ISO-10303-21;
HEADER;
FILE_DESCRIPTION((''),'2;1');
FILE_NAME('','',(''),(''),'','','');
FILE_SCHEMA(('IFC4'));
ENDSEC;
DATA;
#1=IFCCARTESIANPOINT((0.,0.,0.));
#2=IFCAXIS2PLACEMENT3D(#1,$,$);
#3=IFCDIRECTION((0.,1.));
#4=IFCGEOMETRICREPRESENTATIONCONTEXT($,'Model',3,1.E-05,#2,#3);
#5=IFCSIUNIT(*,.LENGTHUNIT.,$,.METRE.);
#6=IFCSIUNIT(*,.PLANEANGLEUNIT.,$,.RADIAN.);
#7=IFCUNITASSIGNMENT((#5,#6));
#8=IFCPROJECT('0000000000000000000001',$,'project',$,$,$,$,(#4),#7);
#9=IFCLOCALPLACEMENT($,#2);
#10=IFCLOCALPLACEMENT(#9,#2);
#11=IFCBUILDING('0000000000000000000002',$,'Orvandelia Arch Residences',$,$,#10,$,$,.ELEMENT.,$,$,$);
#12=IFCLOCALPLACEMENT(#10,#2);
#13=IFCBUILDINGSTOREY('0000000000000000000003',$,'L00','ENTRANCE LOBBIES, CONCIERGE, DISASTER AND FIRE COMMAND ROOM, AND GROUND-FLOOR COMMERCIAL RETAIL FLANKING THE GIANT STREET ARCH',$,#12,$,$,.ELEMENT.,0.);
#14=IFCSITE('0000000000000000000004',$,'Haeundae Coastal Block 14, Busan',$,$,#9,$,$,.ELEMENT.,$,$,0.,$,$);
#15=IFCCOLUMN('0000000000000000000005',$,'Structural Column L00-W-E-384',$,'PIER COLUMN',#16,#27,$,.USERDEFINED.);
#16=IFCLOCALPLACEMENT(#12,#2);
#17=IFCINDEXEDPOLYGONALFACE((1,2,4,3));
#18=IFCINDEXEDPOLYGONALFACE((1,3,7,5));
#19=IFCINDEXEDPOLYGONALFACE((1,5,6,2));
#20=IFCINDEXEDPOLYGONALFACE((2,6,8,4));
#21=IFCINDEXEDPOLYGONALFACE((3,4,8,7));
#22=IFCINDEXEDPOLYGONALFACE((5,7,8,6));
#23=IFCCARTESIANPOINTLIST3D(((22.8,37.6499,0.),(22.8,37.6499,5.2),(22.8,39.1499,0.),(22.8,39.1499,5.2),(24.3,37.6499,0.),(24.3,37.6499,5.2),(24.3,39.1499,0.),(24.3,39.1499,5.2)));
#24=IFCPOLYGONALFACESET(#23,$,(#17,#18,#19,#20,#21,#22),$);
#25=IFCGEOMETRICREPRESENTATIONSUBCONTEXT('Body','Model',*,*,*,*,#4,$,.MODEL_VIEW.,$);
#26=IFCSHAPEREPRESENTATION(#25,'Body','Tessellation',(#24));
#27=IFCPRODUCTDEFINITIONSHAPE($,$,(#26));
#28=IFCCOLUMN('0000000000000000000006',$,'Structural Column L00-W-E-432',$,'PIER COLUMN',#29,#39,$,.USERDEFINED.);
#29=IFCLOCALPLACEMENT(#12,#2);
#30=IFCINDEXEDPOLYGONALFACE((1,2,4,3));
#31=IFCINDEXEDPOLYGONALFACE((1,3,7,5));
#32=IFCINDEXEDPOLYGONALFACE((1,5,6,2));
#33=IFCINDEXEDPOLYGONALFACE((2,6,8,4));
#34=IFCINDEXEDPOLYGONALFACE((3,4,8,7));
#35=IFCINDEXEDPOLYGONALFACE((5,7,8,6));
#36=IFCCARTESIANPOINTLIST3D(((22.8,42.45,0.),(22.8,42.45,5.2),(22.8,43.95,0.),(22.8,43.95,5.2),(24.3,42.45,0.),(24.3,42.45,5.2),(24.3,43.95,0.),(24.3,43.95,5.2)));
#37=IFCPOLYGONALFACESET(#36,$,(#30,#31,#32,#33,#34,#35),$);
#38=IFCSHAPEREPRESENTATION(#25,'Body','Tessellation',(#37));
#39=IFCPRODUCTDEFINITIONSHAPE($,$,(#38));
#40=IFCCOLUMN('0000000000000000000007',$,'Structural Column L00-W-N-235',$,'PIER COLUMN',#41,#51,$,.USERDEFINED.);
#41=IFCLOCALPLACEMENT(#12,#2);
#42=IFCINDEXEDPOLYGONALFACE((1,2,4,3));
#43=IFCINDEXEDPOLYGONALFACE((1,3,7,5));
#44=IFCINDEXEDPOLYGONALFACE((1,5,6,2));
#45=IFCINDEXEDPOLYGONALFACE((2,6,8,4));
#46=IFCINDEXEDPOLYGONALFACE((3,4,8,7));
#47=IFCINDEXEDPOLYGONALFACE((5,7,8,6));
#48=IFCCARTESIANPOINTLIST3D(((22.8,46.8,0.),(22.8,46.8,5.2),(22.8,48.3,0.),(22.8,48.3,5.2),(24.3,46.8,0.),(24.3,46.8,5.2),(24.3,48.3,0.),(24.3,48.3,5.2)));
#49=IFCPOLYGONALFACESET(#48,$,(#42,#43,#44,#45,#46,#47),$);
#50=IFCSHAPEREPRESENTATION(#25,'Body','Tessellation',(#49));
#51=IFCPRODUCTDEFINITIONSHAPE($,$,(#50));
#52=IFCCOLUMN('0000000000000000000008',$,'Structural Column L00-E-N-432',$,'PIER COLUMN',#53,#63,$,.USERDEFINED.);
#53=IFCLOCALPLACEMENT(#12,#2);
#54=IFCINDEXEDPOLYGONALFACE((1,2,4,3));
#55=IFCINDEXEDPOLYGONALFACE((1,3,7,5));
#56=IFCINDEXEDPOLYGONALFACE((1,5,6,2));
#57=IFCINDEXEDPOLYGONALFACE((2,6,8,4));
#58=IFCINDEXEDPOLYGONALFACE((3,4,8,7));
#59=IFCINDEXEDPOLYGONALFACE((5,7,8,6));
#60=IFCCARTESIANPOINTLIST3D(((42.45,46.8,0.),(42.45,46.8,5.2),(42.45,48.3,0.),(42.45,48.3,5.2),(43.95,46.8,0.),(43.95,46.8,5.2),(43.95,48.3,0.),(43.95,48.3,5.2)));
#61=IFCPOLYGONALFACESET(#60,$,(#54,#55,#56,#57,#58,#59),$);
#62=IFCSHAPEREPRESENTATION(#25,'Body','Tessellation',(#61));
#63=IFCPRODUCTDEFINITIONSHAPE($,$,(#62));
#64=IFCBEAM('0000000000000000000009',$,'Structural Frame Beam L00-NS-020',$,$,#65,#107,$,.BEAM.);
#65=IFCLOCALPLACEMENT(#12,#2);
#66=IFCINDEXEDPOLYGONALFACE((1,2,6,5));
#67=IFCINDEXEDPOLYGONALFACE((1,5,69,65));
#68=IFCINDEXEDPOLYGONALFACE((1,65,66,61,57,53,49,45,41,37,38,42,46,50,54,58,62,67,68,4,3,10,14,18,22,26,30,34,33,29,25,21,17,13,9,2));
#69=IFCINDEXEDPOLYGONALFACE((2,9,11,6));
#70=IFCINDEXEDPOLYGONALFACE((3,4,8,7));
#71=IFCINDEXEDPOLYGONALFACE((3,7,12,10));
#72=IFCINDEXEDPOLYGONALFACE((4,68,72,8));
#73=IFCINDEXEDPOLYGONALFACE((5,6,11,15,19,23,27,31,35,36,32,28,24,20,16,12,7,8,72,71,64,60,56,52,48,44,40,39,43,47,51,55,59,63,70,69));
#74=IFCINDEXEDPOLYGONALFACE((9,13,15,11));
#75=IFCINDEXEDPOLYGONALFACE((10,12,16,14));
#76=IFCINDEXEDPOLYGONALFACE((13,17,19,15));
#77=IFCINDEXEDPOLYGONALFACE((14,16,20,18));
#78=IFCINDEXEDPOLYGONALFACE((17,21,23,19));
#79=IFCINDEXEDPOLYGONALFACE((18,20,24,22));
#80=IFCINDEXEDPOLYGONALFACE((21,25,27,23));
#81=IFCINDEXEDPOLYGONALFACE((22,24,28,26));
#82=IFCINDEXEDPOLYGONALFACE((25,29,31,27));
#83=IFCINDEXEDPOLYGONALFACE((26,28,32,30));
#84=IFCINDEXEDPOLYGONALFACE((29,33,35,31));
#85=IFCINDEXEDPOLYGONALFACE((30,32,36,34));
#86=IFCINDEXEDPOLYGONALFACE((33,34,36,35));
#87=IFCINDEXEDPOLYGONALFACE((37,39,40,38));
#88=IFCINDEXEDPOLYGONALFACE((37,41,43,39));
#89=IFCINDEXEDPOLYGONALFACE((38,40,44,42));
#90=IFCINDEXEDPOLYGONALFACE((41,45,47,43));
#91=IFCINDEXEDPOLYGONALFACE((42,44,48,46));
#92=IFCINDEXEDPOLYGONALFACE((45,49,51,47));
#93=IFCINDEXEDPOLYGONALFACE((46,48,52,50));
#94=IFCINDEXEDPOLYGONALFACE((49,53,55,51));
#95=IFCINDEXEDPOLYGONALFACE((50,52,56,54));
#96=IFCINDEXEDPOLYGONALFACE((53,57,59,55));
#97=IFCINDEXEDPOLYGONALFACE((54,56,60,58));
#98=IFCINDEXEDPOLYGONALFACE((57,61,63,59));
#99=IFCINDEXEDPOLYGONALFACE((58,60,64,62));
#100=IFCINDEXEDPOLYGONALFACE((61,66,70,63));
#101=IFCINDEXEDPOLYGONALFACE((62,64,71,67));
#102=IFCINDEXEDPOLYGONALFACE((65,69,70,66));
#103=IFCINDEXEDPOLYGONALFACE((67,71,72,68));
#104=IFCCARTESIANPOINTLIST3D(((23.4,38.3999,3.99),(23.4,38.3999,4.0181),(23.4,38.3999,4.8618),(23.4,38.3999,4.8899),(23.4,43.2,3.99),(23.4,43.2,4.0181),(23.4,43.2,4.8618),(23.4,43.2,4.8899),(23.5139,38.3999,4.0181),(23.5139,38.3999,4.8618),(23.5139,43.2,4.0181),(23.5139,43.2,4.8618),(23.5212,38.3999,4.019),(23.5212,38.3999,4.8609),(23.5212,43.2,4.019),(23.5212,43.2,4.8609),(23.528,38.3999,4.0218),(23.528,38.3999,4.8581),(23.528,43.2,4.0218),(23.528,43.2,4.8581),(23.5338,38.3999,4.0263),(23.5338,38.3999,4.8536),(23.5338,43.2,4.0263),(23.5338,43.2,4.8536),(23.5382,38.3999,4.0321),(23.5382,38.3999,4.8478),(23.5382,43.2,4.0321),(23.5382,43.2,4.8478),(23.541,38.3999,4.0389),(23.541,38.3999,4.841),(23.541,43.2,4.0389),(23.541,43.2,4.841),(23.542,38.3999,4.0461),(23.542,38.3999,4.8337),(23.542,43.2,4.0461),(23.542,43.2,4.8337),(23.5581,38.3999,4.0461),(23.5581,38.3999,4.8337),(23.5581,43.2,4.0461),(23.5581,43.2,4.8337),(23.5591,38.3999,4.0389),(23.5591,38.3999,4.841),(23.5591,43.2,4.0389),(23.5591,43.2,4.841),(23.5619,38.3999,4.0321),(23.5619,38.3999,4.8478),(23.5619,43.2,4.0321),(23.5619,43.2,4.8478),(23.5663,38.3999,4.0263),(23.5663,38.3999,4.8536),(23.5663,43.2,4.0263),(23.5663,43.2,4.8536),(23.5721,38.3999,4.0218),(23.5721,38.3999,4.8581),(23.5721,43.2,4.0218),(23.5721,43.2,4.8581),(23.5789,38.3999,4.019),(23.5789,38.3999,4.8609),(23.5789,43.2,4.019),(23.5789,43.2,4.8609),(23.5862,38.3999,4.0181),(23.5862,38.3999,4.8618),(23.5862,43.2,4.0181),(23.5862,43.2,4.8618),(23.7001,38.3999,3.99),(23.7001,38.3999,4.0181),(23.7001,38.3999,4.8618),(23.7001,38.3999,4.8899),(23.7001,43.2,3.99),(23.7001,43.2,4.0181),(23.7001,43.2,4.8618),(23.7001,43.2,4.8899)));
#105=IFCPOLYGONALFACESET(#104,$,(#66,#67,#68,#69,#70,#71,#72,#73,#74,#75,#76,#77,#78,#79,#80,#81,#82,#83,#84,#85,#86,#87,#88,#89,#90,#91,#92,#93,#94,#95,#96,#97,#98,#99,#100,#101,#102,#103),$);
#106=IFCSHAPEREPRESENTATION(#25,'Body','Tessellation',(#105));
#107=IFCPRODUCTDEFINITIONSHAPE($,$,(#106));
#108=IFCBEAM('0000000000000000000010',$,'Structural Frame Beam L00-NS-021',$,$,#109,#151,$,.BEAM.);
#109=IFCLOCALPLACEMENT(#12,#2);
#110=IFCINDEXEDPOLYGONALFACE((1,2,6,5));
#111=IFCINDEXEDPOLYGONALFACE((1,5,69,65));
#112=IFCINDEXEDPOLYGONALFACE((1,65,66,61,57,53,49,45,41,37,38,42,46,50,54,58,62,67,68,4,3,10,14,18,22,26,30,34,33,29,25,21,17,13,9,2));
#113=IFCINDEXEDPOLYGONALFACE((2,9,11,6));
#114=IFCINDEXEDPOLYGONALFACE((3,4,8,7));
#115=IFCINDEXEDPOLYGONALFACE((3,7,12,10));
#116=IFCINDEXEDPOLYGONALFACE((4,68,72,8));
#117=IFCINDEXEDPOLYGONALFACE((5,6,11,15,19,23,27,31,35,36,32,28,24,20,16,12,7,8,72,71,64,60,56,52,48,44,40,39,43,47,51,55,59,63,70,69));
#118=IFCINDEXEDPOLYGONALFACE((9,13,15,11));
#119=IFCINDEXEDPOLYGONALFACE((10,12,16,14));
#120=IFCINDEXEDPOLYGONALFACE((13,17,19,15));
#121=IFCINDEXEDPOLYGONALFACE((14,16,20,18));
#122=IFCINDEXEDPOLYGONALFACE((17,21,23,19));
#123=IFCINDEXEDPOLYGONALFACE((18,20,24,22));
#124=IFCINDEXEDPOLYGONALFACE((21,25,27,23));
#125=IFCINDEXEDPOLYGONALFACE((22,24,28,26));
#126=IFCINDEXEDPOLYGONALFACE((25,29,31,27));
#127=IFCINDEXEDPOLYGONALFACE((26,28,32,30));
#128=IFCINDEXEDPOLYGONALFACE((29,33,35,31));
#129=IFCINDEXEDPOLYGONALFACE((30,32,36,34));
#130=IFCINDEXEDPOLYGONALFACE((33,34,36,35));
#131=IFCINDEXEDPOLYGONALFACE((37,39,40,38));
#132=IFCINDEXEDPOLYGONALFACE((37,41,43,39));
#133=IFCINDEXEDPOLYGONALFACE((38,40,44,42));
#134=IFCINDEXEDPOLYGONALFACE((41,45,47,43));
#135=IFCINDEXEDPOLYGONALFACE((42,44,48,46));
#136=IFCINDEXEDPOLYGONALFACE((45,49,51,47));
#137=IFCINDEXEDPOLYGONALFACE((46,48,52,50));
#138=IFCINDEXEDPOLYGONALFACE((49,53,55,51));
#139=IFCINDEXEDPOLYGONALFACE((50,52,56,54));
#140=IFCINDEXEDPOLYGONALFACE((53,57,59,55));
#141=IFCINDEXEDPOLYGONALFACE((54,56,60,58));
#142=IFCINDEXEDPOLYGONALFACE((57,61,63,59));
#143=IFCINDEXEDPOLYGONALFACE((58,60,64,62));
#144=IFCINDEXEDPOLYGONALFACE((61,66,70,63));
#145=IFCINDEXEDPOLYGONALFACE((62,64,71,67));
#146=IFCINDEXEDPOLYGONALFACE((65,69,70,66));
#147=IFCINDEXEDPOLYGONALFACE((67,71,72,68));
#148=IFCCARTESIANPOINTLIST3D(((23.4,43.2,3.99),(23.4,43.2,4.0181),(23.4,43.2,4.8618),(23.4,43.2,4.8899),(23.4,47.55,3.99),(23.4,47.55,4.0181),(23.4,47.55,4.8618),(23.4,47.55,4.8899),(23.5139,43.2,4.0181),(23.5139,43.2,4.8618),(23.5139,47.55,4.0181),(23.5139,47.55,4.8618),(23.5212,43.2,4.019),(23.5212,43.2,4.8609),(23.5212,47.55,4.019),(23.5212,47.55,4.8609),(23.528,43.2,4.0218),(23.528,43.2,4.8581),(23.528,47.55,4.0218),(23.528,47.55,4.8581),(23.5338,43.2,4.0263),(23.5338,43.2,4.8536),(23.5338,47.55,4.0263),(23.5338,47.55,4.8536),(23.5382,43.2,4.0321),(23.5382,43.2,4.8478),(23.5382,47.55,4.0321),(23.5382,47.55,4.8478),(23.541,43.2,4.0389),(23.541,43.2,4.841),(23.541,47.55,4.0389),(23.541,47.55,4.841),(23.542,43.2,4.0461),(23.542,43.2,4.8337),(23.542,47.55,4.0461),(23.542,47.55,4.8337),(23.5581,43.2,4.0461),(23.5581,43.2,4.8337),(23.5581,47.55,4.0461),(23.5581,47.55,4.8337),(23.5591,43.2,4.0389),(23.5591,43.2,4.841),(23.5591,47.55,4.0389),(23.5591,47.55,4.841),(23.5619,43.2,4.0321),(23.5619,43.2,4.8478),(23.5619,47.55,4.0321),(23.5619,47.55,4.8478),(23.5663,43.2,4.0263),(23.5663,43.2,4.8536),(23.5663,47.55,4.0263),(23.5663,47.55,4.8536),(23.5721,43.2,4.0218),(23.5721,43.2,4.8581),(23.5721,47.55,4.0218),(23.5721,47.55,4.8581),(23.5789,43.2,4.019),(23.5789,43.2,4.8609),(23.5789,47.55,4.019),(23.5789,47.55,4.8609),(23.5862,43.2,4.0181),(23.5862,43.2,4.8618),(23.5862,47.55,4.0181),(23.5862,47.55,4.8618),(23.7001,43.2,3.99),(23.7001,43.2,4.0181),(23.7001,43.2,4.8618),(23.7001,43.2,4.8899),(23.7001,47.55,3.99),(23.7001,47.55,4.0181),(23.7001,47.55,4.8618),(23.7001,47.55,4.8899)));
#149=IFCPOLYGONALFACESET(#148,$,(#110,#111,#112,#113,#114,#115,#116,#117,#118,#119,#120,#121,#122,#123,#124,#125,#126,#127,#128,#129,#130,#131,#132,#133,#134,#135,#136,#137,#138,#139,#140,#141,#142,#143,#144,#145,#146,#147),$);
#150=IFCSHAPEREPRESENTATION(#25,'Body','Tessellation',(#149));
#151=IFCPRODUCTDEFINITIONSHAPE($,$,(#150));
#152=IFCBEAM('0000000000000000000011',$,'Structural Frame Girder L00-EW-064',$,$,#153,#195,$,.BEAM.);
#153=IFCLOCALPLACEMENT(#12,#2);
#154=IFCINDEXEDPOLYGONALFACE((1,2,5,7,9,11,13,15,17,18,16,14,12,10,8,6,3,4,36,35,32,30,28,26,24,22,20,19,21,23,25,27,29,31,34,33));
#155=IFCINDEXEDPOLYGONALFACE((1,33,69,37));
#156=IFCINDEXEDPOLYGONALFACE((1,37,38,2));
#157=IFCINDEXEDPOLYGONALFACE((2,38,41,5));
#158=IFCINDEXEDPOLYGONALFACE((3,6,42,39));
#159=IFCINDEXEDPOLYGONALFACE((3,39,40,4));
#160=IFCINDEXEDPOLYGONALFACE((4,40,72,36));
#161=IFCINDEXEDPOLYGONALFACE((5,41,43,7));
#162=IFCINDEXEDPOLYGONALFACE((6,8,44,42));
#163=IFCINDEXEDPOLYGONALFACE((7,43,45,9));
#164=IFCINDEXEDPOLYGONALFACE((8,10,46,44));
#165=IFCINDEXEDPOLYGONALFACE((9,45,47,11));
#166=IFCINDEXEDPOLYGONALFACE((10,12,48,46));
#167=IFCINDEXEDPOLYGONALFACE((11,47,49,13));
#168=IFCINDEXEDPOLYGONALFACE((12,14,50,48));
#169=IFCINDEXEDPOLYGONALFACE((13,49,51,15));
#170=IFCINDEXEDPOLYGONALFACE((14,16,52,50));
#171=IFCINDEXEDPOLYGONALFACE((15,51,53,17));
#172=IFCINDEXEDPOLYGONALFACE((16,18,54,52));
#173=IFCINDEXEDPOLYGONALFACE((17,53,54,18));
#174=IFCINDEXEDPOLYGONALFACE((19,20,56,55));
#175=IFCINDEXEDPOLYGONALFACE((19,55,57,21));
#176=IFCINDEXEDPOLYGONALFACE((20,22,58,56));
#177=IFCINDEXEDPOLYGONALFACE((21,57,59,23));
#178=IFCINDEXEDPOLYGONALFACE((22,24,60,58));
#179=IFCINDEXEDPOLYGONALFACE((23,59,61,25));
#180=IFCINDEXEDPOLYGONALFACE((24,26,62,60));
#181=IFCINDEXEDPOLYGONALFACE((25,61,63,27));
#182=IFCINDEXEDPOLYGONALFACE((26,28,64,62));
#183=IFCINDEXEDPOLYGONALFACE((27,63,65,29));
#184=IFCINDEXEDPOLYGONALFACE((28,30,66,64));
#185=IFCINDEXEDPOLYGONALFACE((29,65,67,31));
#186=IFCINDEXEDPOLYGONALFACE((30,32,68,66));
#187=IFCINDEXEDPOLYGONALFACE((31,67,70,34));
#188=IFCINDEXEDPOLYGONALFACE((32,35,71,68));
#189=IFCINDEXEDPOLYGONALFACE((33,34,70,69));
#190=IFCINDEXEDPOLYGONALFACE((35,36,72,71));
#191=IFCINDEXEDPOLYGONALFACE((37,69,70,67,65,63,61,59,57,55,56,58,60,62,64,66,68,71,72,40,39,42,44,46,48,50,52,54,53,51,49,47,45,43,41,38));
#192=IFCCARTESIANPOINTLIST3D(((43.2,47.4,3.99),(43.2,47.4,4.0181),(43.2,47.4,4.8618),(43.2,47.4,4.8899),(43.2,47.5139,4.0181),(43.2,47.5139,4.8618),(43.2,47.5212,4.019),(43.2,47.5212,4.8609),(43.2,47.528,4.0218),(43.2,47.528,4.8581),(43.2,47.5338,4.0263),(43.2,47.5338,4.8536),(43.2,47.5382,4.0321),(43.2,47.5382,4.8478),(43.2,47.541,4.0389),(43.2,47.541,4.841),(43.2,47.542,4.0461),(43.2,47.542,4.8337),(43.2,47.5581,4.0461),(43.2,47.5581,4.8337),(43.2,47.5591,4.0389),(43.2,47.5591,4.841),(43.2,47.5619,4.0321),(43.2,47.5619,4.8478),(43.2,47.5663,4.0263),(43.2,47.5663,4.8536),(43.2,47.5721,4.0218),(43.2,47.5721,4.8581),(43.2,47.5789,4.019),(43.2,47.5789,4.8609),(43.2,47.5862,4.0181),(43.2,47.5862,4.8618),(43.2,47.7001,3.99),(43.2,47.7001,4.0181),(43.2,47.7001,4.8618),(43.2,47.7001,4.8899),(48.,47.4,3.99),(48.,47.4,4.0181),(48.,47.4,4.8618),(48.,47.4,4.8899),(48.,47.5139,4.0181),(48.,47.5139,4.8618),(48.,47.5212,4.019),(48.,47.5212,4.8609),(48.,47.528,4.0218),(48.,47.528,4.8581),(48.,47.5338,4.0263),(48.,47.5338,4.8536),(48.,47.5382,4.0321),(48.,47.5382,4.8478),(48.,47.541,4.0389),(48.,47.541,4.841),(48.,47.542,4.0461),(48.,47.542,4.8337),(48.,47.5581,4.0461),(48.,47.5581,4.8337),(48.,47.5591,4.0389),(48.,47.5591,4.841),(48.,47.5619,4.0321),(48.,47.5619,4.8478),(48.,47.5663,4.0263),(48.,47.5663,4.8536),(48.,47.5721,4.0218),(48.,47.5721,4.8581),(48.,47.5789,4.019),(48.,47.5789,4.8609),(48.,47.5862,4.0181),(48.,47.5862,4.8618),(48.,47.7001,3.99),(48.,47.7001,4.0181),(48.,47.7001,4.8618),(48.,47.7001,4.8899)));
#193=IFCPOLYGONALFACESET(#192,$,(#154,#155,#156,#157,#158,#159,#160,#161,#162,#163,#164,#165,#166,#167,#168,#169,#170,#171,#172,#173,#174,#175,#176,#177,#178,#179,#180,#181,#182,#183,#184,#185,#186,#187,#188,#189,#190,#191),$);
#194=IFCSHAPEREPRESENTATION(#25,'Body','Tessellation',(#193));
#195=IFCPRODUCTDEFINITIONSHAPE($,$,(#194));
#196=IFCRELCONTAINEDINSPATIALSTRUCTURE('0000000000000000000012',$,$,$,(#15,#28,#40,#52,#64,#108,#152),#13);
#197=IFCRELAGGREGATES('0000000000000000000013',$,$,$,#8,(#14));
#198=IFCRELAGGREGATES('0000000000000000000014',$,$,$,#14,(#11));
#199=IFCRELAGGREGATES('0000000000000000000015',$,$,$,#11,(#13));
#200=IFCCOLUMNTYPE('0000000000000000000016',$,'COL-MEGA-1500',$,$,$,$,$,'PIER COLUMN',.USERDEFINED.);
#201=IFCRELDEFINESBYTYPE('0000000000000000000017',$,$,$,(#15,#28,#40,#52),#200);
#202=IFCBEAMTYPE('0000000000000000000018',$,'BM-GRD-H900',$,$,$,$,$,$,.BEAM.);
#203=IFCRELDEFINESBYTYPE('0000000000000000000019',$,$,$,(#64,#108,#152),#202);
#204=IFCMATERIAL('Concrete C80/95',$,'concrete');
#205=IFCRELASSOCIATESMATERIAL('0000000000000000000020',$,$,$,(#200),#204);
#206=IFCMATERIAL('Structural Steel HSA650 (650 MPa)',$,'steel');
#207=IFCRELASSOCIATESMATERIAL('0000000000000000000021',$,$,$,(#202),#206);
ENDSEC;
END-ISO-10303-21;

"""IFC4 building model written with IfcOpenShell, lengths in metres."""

from ifc_helpers import new_model, si_unit, direction, frame, origin, origin_2d, place, context, subcontext, project, spatial, rectangle, i_section, extrude, material, material_profile, profile_set, type_object, element, save


model = new_model("IFC4")

# Units and contexts
model_context = context("Model", 3, precision=1e-05, world=origin(), true_north=direction((0.0, 1.0)))
body_context = subcontext(model_context, "Body", "Model", "MODEL_VIEW")
ifc_project = project(units=[si_unit("LENGTHUNIT", "METRE"), si_unit("PLANEANGLEUNIT", "RADIAN")], contexts=[model_context])

# Site, building, storey
site_placement = place(None, origin())
site = spatial("IfcSite", under=ifc_project, at=site_placement, Name="Haeundae Coastal Block 14, Busan", CompositionType="ELEMENT", RefElevation=0.0)
building_placement = place(site_placement, origin())
building = spatial("IfcBuilding", under=site, at=building_placement, Name="Orvandelia Arch Residences", CompositionType="ELEMENT")
storey_placement = place(building_placement, origin())
storey = spatial("IfcBuildingStorey", under=building, at=storey_placement, Name="L00", Description="ENTRANCE LOBBIES, CONCIERGE, DISASTER AND FIRE COMMAND ROOM, AND GROUND-FLOOR COMMERCIAL RETAIL FLANKING THE GIANT STREET ARCH", CompositionType="ELEMENT", Elevation=0.0)

# Columns
ifc_material_1 = material(Name="Concrete C80/95", Category="concrete")
ifc_material_profile_1 = material_profile(ifc_material_1, rectangle(XDim=1.5, YDim=1.5, at=origin_2d()), Name="Concrete C80/95", Category="concrete")
ifc_profile_set_1 = profile_set([ifc_material_profile_1], Name="Concrete C80/95")
column_type = type_object("IfcColumnType", Name="COL-MEGA-1500", ElementType="PIER COLUMN", PredefinedType="USERDEFINED", material=ifc_profile_set_1)
for number, where, z_axis, x_axis, name in (
    (1, (23.55, 38.3999, 0.0), (0.0, 0.0, 1.0), (1.0, 0.0, 0.0), "Structural Column L00-W-E-384"),
    (2, (23.55, 43.2, 0.0), (0.0, 0.0, 1.0), (1.0, 0.0, 0.0), "Structural Column L00-W-E-432"),
    (3, (23.55, 47.55, 0.0), (0.0, 0.0, 1.0), (1.0, 0.0, 0.0), "Structural Column L00-W-N-235"),
    (4, (43.2, 47.55, 0.0), (0.0, 0.0, 1.0), (1.0, 0.0, 0.0), "Structural Column L00-E-N-432"),
):
    element("IfcColumn", number, at=place(storey_placement, frame(where, z_axis=z_axis, x_axis=x_axis)), inside=storey, type_object=column_type, Name=name, ObjectType="PIER COLUMN", PredefinedType="USERDEFINED", context=body_context, shape_type="SweptSolid", body=[
        extrude(rectangle(XDim=1.5, YDim=1.5, at=origin_2d()), origin(), (0.0, 0.0, 1.0), 5.2),
    ])

# Beams
ifc_material_2 = material(Name="Structural Steel HSA650 (650 MPa)", Category="steel")
ifc_material_profile_2 = material_profile(ifc_material_2, i_section(OverallWidth=0.3, OverallDepth=0.8999, WebThickness=0.0161, FlangeThickness=0.0281, FilletRadius=0.0281, at=origin_2d()), Name="Structural Steel HSA650 (650 MPa)", Category="steel")
ifc_profile_set_2 = profile_set([ifc_material_profile_2], Name="Structural Steel HSA650 (650 MPa)")
beam_type = type_object("IfcBeamType", Name="BM-GRD-H900", PredefinedType="BEAM", material=ifc_profile_set_2)
beam_1_placement = place(storey_placement, frame((23.55, 38.3999, 4.4399), z_axis=(0.0, 1.0, 0.0), x_axis=(-1.0, 0.0, 0.0)))
element("IfcBeam", 5, at=beam_1_placement, inside=storey, type_object=beam_type, Name="Structural Frame Beam L00-NS-020", PredefinedType="BEAM", context=body_context, shape_type="SweptSolid", body=[
    extrude(i_section(OverallWidth=0.3, OverallDepth=0.8999, WebThickness=0.0161, FlangeThickness=0.0281, FilletRadius=0.0281, at=origin_2d()), origin(), (0.0, 0.0, 1.0), 4.8),
])
beam_2_placement = place(storey_placement, frame((23.55, 43.2, 4.4399), z_axis=(0.0, 1.0, 0.0), x_axis=(-1.0, 0.0, 0.0)))
element("IfcBeam", 6, at=beam_2_placement, inside=storey, type_object=beam_type, Name="Structural Frame Beam L00-NS-021", PredefinedType="BEAM", context=body_context, shape_type="SweptSolid", body=[
    extrude(i_section(OverallWidth=0.3, OverallDepth=0.8999, WebThickness=0.0161, FlangeThickness=0.0281, FilletRadius=0.0281, at=origin_2d()), origin(), (0.0, 0.0, 1.0), 4.3501),
])
beam_3_placement = place(storey_placement, frame((43.2, 47.55, 4.4399), z_axis=(1.0, 0.0, 0.0), x_axis=(0.0, 1.0, 0.0)))
element("IfcBeam", 7, at=beam_3_placement, inside=storey, type_object=beam_type, Name="Structural Frame Girder L00-EW-064", PredefinedType="BEAM", context=body_context, shape_type="SweptSolid", body=[
    extrude(i_section(OverallWidth=0.3, OverallDepth=0.8999, WebThickness=0.0161, FlangeThickness=0.0281, FilletRadius=0.0281, at=origin_2d()), origin(), (0.0, 0.0, 1.0), 4.8),
])

save(model, "model.ifc")
